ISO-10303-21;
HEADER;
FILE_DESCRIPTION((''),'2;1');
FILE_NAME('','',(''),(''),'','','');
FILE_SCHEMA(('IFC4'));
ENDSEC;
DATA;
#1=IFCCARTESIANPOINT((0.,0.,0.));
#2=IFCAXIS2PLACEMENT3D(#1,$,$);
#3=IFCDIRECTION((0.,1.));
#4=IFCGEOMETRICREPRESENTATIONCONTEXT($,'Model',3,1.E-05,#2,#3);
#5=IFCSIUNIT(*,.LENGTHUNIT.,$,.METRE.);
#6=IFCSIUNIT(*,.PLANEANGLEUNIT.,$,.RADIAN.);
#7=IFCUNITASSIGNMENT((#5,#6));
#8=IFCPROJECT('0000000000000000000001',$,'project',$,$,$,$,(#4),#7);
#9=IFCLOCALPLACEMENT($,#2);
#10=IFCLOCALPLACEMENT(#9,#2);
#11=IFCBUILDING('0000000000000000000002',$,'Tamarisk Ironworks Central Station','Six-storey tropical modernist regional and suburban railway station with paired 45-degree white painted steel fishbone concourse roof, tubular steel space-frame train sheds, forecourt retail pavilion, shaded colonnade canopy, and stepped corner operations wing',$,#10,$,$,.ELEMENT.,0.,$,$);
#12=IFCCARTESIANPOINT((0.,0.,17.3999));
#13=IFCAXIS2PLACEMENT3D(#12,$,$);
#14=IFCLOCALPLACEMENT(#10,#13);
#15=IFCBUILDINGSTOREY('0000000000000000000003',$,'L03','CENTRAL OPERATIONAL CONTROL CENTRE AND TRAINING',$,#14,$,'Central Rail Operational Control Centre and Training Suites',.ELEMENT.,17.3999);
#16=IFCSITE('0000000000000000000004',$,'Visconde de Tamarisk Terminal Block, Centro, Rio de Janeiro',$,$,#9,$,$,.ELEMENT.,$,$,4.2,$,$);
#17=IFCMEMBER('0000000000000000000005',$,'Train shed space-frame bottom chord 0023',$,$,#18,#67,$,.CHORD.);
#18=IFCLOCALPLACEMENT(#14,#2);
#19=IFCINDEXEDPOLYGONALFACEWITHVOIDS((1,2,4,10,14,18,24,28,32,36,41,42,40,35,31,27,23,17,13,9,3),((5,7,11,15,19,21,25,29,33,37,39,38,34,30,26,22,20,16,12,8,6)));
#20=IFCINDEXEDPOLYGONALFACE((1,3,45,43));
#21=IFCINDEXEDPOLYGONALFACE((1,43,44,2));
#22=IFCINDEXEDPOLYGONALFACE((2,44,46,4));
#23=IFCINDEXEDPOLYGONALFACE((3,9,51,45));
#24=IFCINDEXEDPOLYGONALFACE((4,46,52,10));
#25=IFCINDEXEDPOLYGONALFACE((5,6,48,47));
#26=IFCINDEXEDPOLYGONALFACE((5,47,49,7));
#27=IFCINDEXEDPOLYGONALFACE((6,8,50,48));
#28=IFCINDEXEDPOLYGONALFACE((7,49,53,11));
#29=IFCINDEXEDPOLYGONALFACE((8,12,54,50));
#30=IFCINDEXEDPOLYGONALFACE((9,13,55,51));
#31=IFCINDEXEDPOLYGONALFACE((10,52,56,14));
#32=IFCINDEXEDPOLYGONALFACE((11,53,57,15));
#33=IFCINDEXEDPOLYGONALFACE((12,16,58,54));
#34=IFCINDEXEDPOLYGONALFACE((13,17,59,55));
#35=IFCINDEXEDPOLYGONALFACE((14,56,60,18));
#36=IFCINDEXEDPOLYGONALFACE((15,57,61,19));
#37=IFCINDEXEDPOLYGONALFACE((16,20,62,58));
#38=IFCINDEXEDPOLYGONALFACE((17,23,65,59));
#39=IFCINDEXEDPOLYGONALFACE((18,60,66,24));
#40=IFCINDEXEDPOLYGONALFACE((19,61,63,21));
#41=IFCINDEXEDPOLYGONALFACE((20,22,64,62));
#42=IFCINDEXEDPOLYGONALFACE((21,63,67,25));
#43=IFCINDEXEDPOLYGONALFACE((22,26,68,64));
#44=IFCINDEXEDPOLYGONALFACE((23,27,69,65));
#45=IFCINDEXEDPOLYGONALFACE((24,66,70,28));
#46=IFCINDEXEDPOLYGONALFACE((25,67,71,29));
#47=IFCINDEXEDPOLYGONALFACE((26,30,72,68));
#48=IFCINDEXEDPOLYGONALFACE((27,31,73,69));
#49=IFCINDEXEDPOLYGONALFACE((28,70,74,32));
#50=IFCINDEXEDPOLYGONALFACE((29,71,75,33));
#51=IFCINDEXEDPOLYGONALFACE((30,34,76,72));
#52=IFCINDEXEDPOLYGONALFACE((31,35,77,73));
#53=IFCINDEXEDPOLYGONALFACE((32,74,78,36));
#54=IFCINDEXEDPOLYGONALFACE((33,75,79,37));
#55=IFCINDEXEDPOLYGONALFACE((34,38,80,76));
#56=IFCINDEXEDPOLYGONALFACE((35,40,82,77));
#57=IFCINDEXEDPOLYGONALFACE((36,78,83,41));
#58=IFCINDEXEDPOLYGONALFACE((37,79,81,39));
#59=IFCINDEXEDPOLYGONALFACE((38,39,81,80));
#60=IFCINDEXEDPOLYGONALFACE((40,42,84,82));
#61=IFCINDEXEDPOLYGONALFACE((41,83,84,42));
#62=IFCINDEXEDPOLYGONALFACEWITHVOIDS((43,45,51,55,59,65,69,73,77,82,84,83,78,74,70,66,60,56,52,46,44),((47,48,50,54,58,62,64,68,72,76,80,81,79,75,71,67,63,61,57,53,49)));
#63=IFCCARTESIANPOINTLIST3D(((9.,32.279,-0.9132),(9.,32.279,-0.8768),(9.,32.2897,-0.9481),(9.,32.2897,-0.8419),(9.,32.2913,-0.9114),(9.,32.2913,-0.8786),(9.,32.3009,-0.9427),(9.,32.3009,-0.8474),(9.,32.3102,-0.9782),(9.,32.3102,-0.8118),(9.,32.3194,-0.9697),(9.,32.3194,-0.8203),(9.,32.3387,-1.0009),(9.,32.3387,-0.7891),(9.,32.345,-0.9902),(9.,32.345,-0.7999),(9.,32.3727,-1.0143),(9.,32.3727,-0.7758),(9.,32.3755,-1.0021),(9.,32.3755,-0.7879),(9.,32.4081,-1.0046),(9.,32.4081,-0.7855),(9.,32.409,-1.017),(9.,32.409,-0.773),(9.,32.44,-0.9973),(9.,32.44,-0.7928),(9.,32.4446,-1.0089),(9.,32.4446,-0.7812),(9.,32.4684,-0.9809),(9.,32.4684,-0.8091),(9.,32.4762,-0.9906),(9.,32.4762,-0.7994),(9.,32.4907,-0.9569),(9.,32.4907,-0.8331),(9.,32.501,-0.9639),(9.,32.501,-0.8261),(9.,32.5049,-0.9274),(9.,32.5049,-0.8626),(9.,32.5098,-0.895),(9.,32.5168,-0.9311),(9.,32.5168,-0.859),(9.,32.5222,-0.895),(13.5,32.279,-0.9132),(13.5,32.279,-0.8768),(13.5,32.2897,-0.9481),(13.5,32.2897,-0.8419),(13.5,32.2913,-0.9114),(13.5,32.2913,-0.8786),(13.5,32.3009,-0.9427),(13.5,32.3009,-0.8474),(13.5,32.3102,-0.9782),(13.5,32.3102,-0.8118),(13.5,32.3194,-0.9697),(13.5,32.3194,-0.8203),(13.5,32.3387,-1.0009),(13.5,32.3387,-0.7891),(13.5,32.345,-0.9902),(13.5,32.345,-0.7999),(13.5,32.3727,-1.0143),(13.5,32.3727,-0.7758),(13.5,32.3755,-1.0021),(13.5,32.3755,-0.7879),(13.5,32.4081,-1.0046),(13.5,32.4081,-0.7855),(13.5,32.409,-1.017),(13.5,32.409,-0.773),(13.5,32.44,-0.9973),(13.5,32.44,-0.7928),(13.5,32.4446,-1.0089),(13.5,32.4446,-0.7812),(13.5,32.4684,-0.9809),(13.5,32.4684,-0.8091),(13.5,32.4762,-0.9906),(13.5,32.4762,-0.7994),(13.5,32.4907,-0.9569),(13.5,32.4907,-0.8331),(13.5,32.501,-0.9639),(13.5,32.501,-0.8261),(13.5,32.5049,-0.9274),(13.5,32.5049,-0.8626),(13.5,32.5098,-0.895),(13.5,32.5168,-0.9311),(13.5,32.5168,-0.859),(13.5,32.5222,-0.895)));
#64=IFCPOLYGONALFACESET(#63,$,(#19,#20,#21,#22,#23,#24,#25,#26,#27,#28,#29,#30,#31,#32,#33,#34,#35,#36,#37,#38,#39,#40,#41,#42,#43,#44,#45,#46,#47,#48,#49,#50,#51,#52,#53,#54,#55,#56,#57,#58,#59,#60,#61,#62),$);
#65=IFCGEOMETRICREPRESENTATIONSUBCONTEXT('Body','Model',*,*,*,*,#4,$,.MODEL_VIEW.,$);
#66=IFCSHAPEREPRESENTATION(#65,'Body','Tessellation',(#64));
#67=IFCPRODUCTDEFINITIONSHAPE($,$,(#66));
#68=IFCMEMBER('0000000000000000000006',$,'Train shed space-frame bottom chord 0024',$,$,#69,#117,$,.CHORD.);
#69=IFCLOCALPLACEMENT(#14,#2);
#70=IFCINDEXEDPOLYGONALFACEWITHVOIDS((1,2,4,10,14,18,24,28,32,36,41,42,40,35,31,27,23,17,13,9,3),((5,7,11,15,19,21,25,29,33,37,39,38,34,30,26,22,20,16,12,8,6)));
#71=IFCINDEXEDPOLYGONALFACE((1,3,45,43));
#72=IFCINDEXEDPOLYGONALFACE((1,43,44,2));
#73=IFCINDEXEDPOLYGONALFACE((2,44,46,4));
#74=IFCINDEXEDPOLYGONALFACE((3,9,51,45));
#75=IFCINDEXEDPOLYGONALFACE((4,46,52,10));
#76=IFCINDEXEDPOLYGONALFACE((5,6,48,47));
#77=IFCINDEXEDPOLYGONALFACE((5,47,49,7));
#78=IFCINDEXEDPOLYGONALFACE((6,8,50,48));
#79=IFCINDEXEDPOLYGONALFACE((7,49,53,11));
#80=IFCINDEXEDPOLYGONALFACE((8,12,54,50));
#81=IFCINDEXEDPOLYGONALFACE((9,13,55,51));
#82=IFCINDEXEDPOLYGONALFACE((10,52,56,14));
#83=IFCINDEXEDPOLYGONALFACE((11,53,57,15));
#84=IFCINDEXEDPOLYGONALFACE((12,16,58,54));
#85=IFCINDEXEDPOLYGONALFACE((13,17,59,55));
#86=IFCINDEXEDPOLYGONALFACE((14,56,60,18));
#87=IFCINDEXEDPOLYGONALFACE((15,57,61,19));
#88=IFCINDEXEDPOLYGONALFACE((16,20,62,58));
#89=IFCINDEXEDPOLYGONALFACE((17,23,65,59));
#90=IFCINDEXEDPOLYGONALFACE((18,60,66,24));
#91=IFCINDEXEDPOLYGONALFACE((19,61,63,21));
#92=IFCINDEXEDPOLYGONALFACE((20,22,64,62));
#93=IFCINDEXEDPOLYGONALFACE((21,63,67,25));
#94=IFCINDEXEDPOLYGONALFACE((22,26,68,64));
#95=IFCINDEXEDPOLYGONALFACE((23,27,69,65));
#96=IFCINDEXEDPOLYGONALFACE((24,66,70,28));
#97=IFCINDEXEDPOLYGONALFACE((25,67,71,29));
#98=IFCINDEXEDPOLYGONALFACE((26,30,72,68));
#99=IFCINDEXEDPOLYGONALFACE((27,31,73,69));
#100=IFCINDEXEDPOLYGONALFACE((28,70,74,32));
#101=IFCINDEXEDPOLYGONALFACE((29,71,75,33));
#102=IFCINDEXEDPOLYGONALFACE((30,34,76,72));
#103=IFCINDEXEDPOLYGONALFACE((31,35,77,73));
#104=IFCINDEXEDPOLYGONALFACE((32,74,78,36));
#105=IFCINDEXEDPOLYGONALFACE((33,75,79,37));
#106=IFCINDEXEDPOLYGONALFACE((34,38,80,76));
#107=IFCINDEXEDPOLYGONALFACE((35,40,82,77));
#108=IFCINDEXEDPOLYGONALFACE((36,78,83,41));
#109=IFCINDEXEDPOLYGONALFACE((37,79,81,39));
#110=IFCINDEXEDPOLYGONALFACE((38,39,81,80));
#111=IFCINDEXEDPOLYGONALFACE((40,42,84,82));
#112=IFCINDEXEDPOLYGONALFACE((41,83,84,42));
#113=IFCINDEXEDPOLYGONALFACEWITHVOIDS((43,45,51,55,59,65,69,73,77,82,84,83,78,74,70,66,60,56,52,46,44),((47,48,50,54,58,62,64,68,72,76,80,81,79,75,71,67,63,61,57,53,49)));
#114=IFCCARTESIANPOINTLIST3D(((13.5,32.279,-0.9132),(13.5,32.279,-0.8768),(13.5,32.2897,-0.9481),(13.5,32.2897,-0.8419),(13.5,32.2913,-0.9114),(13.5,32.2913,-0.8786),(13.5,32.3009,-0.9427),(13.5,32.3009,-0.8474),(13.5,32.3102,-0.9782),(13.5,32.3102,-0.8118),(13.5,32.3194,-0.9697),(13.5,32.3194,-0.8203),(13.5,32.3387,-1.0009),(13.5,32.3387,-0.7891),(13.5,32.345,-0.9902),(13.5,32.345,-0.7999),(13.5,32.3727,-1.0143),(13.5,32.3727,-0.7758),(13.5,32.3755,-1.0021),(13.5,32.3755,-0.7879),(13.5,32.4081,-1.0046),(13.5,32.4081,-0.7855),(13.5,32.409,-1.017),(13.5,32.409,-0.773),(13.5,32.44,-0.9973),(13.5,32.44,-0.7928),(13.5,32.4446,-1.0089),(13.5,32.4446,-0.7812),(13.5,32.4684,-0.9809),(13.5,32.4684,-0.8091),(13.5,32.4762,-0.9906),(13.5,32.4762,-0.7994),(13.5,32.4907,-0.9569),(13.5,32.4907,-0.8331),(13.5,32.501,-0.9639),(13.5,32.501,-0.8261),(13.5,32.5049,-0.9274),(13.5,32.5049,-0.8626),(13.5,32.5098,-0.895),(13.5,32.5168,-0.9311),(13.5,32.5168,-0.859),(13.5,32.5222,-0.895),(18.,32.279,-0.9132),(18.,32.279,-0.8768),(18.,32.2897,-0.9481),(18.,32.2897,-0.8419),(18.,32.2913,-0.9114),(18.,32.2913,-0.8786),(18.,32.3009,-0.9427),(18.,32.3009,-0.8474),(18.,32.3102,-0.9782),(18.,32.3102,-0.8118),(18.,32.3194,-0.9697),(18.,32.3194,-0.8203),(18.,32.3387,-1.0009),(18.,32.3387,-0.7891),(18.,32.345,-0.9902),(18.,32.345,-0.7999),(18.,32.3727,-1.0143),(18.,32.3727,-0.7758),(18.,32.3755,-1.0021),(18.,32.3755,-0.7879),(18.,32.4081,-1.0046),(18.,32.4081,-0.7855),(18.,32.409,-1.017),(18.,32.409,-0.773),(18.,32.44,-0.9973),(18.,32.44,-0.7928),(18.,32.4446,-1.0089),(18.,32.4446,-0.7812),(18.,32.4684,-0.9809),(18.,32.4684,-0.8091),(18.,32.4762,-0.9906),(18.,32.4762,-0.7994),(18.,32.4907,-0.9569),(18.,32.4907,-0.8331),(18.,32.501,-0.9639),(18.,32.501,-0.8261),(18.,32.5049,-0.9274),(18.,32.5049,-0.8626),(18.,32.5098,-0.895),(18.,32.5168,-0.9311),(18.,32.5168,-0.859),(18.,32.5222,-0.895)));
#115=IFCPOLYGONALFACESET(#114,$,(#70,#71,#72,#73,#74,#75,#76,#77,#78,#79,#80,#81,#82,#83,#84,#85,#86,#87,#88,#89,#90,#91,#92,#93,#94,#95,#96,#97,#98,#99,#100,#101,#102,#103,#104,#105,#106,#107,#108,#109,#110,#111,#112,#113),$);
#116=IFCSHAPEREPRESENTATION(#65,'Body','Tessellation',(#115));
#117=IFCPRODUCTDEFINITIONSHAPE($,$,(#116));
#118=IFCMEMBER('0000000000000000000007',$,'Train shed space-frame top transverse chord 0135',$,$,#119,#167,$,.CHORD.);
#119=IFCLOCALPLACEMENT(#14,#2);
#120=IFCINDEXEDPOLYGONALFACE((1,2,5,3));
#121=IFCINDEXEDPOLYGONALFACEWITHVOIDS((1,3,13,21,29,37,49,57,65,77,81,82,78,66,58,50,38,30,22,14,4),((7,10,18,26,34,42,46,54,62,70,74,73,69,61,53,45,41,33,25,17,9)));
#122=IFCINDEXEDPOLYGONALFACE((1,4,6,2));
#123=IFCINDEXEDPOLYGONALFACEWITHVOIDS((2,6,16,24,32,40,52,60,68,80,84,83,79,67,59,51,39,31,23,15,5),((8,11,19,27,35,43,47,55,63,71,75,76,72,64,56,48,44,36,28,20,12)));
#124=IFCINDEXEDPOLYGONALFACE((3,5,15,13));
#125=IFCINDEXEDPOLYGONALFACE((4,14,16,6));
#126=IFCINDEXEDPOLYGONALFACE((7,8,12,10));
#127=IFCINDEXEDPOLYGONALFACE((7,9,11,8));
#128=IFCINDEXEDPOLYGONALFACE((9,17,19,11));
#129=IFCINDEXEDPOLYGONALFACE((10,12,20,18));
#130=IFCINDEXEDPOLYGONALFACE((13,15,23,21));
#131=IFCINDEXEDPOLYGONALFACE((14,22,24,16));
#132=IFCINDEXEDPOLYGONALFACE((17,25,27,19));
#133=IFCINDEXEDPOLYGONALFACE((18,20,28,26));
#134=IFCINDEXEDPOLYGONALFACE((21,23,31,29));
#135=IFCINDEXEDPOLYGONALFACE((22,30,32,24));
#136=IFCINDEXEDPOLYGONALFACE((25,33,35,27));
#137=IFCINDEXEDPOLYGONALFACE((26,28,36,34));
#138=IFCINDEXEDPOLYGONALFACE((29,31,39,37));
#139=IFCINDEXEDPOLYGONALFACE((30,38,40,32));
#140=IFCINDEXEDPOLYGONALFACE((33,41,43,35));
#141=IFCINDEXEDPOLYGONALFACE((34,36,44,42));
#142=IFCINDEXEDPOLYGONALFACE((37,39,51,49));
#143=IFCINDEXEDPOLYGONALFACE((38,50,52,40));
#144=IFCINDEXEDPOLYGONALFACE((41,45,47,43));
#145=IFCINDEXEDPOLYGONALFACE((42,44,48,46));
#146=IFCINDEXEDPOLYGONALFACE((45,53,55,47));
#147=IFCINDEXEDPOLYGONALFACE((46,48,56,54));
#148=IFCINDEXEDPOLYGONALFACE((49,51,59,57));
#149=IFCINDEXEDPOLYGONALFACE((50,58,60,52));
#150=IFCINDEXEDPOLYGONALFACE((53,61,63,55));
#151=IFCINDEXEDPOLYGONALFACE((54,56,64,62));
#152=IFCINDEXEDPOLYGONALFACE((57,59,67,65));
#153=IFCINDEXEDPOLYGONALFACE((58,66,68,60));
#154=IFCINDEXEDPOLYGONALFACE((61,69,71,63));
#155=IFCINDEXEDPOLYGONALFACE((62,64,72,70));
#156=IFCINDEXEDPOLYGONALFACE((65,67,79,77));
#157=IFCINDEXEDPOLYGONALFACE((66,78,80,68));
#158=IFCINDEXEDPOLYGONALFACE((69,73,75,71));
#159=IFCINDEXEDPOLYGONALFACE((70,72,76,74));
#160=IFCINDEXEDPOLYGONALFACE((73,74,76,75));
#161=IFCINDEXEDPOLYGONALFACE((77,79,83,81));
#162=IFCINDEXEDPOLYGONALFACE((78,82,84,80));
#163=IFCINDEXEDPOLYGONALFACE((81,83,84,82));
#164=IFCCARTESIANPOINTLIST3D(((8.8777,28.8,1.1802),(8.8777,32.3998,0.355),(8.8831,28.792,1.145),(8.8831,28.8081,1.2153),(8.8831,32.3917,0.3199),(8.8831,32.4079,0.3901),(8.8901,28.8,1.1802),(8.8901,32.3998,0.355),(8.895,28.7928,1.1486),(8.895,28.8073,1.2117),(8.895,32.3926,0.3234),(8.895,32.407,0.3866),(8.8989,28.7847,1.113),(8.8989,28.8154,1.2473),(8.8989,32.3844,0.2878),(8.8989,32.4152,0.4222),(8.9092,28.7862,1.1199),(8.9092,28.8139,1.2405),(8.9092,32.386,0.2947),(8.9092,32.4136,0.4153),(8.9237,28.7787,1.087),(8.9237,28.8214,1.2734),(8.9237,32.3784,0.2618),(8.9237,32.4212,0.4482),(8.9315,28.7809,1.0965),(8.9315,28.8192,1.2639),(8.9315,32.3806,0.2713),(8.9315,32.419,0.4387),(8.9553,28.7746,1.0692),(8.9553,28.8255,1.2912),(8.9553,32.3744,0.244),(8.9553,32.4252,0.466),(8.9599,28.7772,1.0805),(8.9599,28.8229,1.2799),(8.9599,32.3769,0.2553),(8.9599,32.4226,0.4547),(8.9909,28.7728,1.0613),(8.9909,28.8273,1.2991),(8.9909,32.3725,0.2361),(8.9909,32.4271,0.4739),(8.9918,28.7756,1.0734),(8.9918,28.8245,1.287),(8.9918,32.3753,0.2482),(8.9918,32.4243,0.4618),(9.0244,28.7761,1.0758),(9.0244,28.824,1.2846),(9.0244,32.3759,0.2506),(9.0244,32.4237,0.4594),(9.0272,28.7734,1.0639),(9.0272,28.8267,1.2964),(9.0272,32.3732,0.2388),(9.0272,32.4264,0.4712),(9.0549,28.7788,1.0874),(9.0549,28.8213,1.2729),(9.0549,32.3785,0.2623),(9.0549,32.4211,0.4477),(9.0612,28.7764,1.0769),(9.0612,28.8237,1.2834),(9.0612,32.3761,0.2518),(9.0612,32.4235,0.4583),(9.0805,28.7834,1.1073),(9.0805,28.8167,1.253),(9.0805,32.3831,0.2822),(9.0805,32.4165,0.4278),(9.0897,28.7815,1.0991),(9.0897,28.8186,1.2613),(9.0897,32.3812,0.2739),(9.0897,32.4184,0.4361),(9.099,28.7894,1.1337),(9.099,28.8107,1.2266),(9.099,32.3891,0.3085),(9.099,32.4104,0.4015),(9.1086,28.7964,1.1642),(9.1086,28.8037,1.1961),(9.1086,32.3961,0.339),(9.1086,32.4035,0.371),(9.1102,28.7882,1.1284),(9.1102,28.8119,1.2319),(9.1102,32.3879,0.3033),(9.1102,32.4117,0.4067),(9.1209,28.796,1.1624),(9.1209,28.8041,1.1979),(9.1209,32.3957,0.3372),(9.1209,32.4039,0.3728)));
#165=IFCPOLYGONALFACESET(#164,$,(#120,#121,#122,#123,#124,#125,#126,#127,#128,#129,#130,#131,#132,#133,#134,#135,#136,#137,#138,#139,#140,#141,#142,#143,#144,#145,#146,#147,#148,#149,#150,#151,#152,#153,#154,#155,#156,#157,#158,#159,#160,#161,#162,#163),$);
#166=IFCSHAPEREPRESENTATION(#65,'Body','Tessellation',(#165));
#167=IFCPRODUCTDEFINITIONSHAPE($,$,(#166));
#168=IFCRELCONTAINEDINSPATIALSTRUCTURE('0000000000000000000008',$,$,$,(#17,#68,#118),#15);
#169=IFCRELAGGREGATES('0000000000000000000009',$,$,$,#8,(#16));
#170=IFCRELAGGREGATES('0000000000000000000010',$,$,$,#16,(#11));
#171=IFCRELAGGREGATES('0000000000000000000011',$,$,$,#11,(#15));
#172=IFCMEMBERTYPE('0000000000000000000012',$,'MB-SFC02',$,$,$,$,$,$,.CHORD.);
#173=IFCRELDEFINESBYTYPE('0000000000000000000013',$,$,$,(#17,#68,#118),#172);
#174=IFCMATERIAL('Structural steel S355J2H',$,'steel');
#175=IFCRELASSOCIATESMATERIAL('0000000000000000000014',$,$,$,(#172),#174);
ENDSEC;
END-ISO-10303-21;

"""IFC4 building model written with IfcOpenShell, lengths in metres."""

from ifc_helpers import new_model, si_unit, direction, frame, origin, origin_2d, place, context, subcontext, project, spatial, hollow_circle, extrude, material, material_profile, profile_set, type_object, element, save


model = new_model("IFC4")

# Units and contexts
model_context = context("Model", 3, precision=1e-05, world=origin(), true_north=direction((0.0, 1.0)))
body_context = subcontext(model_context, "Body", "Model", "MODEL_VIEW")
ifc_project = project(units=[si_unit("LENGTHUNIT", "METRE"), si_unit("PLANEANGLEUNIT", "RADIAN")], contexts=[model_context])

# Site, building, storey
site_placement = place(None, origin())
site = spatial("IfcSite", under=ifc_project, at=site_placement, Name="Visconde de Tamarisk Terminal Block, Centro, Rio de Janeiro", CompositionType="ELEMENT", RefElevation=4.2)
building_placement = place(site_placement, origin())
building = spatial("IfcBuilding", under=site, at=building_placement, Name="Tamarisk Ironworks Central Station", Description="Six-storey tropical modernist regional and suburban railway station with paired 45-degree white painted steel fishbone concourse roof, tubular steel space-frame train sheds, forecourt retail pavilion, shaded colonnade canopy, and stepped corner operations wing", CompositionType="ELEMENT", ElevationOfRefHeight=0.0)
storey_placement = place(building_placement, frame((0.0, 0.0, 17.3999)))
storey = spatial("IfcBuildingStorey", under=building, at=storey_placement, Name="L03", Description="CENTRAL OPERATIONAL CONTROL CENTRE AND TRAINING", LongName="Central Rail Operational Control Centre and Training Suites", CompositionType="ELEMENT", Elevation=17.3999)

# Members
ifc_material = material(Name="Structural steel S355J2H", Category="steel")
ifc_material_profile_1 = material_profile(ifc_material, hollow_circle(Radius=0.1223, WallThickness=0.0125, at=origin_2d()), Name="CHS 244.5x12.5")
ifc_profile_set_1 = profile_set([ifc_material_profile_1], Name="Structural steel S355J2H")
member_type_1 = type_object("IfcMemberType", Name="MB-SFC02", PredefinedType="CHORD", material=ifc_profile_set_1)
for number, where, z_axis, x_axis, name in (
    (1, (9.0, 32.3999, -0.895), (1.0, 0.0, 0.0), (0.0, 1.0, 0.0), "Train shed space-frame bottom chord 0023"),
    (2, (13.5, 32.3999, -0.895), (1.0, 0.0, 0.0), (0.0, 1.0, 0.0), "Train shed space-frame bottom chord 0024"),
):
    element("IfcMember", number, at=place(storey_placement, frame(where, z_axis=z_axis, x_axis=x_axis)), inside=storey, type_object=member_type_1, Name=name, PredefinedType="CHORD", context=body_context, shape_type="SweptSolid", body=[
        extrude(hollow_circle(Radius=0.1223, WallThickness=0.0125, at=origin_2d()), origin(), (0.0, 0.0, 1.0), 4.5),
    ])
member_1_placement = place(storey_placement, frame((9.0, 28.8, 1.1802), z_axis=(0.0, 0.974719, -0.223435), x_axis=(-1.0, 0.0, 0.0)))
element("IfcMember", 3, at=member_1_placement, inside=storey, type_object=member_type_1, Name="Train shed space-frame top transverse chord 0135", PredefinedType="CHORD", context=body_context, shape_type="SweptSolid", body=[
    extrude(hollow_circle(Radius=0.1223, WallThickness=0.0125, at=origin_2d()), origin(), (0.0, 0.0, 1.0), 3.6931),
])

save(model, "model.ifc")
